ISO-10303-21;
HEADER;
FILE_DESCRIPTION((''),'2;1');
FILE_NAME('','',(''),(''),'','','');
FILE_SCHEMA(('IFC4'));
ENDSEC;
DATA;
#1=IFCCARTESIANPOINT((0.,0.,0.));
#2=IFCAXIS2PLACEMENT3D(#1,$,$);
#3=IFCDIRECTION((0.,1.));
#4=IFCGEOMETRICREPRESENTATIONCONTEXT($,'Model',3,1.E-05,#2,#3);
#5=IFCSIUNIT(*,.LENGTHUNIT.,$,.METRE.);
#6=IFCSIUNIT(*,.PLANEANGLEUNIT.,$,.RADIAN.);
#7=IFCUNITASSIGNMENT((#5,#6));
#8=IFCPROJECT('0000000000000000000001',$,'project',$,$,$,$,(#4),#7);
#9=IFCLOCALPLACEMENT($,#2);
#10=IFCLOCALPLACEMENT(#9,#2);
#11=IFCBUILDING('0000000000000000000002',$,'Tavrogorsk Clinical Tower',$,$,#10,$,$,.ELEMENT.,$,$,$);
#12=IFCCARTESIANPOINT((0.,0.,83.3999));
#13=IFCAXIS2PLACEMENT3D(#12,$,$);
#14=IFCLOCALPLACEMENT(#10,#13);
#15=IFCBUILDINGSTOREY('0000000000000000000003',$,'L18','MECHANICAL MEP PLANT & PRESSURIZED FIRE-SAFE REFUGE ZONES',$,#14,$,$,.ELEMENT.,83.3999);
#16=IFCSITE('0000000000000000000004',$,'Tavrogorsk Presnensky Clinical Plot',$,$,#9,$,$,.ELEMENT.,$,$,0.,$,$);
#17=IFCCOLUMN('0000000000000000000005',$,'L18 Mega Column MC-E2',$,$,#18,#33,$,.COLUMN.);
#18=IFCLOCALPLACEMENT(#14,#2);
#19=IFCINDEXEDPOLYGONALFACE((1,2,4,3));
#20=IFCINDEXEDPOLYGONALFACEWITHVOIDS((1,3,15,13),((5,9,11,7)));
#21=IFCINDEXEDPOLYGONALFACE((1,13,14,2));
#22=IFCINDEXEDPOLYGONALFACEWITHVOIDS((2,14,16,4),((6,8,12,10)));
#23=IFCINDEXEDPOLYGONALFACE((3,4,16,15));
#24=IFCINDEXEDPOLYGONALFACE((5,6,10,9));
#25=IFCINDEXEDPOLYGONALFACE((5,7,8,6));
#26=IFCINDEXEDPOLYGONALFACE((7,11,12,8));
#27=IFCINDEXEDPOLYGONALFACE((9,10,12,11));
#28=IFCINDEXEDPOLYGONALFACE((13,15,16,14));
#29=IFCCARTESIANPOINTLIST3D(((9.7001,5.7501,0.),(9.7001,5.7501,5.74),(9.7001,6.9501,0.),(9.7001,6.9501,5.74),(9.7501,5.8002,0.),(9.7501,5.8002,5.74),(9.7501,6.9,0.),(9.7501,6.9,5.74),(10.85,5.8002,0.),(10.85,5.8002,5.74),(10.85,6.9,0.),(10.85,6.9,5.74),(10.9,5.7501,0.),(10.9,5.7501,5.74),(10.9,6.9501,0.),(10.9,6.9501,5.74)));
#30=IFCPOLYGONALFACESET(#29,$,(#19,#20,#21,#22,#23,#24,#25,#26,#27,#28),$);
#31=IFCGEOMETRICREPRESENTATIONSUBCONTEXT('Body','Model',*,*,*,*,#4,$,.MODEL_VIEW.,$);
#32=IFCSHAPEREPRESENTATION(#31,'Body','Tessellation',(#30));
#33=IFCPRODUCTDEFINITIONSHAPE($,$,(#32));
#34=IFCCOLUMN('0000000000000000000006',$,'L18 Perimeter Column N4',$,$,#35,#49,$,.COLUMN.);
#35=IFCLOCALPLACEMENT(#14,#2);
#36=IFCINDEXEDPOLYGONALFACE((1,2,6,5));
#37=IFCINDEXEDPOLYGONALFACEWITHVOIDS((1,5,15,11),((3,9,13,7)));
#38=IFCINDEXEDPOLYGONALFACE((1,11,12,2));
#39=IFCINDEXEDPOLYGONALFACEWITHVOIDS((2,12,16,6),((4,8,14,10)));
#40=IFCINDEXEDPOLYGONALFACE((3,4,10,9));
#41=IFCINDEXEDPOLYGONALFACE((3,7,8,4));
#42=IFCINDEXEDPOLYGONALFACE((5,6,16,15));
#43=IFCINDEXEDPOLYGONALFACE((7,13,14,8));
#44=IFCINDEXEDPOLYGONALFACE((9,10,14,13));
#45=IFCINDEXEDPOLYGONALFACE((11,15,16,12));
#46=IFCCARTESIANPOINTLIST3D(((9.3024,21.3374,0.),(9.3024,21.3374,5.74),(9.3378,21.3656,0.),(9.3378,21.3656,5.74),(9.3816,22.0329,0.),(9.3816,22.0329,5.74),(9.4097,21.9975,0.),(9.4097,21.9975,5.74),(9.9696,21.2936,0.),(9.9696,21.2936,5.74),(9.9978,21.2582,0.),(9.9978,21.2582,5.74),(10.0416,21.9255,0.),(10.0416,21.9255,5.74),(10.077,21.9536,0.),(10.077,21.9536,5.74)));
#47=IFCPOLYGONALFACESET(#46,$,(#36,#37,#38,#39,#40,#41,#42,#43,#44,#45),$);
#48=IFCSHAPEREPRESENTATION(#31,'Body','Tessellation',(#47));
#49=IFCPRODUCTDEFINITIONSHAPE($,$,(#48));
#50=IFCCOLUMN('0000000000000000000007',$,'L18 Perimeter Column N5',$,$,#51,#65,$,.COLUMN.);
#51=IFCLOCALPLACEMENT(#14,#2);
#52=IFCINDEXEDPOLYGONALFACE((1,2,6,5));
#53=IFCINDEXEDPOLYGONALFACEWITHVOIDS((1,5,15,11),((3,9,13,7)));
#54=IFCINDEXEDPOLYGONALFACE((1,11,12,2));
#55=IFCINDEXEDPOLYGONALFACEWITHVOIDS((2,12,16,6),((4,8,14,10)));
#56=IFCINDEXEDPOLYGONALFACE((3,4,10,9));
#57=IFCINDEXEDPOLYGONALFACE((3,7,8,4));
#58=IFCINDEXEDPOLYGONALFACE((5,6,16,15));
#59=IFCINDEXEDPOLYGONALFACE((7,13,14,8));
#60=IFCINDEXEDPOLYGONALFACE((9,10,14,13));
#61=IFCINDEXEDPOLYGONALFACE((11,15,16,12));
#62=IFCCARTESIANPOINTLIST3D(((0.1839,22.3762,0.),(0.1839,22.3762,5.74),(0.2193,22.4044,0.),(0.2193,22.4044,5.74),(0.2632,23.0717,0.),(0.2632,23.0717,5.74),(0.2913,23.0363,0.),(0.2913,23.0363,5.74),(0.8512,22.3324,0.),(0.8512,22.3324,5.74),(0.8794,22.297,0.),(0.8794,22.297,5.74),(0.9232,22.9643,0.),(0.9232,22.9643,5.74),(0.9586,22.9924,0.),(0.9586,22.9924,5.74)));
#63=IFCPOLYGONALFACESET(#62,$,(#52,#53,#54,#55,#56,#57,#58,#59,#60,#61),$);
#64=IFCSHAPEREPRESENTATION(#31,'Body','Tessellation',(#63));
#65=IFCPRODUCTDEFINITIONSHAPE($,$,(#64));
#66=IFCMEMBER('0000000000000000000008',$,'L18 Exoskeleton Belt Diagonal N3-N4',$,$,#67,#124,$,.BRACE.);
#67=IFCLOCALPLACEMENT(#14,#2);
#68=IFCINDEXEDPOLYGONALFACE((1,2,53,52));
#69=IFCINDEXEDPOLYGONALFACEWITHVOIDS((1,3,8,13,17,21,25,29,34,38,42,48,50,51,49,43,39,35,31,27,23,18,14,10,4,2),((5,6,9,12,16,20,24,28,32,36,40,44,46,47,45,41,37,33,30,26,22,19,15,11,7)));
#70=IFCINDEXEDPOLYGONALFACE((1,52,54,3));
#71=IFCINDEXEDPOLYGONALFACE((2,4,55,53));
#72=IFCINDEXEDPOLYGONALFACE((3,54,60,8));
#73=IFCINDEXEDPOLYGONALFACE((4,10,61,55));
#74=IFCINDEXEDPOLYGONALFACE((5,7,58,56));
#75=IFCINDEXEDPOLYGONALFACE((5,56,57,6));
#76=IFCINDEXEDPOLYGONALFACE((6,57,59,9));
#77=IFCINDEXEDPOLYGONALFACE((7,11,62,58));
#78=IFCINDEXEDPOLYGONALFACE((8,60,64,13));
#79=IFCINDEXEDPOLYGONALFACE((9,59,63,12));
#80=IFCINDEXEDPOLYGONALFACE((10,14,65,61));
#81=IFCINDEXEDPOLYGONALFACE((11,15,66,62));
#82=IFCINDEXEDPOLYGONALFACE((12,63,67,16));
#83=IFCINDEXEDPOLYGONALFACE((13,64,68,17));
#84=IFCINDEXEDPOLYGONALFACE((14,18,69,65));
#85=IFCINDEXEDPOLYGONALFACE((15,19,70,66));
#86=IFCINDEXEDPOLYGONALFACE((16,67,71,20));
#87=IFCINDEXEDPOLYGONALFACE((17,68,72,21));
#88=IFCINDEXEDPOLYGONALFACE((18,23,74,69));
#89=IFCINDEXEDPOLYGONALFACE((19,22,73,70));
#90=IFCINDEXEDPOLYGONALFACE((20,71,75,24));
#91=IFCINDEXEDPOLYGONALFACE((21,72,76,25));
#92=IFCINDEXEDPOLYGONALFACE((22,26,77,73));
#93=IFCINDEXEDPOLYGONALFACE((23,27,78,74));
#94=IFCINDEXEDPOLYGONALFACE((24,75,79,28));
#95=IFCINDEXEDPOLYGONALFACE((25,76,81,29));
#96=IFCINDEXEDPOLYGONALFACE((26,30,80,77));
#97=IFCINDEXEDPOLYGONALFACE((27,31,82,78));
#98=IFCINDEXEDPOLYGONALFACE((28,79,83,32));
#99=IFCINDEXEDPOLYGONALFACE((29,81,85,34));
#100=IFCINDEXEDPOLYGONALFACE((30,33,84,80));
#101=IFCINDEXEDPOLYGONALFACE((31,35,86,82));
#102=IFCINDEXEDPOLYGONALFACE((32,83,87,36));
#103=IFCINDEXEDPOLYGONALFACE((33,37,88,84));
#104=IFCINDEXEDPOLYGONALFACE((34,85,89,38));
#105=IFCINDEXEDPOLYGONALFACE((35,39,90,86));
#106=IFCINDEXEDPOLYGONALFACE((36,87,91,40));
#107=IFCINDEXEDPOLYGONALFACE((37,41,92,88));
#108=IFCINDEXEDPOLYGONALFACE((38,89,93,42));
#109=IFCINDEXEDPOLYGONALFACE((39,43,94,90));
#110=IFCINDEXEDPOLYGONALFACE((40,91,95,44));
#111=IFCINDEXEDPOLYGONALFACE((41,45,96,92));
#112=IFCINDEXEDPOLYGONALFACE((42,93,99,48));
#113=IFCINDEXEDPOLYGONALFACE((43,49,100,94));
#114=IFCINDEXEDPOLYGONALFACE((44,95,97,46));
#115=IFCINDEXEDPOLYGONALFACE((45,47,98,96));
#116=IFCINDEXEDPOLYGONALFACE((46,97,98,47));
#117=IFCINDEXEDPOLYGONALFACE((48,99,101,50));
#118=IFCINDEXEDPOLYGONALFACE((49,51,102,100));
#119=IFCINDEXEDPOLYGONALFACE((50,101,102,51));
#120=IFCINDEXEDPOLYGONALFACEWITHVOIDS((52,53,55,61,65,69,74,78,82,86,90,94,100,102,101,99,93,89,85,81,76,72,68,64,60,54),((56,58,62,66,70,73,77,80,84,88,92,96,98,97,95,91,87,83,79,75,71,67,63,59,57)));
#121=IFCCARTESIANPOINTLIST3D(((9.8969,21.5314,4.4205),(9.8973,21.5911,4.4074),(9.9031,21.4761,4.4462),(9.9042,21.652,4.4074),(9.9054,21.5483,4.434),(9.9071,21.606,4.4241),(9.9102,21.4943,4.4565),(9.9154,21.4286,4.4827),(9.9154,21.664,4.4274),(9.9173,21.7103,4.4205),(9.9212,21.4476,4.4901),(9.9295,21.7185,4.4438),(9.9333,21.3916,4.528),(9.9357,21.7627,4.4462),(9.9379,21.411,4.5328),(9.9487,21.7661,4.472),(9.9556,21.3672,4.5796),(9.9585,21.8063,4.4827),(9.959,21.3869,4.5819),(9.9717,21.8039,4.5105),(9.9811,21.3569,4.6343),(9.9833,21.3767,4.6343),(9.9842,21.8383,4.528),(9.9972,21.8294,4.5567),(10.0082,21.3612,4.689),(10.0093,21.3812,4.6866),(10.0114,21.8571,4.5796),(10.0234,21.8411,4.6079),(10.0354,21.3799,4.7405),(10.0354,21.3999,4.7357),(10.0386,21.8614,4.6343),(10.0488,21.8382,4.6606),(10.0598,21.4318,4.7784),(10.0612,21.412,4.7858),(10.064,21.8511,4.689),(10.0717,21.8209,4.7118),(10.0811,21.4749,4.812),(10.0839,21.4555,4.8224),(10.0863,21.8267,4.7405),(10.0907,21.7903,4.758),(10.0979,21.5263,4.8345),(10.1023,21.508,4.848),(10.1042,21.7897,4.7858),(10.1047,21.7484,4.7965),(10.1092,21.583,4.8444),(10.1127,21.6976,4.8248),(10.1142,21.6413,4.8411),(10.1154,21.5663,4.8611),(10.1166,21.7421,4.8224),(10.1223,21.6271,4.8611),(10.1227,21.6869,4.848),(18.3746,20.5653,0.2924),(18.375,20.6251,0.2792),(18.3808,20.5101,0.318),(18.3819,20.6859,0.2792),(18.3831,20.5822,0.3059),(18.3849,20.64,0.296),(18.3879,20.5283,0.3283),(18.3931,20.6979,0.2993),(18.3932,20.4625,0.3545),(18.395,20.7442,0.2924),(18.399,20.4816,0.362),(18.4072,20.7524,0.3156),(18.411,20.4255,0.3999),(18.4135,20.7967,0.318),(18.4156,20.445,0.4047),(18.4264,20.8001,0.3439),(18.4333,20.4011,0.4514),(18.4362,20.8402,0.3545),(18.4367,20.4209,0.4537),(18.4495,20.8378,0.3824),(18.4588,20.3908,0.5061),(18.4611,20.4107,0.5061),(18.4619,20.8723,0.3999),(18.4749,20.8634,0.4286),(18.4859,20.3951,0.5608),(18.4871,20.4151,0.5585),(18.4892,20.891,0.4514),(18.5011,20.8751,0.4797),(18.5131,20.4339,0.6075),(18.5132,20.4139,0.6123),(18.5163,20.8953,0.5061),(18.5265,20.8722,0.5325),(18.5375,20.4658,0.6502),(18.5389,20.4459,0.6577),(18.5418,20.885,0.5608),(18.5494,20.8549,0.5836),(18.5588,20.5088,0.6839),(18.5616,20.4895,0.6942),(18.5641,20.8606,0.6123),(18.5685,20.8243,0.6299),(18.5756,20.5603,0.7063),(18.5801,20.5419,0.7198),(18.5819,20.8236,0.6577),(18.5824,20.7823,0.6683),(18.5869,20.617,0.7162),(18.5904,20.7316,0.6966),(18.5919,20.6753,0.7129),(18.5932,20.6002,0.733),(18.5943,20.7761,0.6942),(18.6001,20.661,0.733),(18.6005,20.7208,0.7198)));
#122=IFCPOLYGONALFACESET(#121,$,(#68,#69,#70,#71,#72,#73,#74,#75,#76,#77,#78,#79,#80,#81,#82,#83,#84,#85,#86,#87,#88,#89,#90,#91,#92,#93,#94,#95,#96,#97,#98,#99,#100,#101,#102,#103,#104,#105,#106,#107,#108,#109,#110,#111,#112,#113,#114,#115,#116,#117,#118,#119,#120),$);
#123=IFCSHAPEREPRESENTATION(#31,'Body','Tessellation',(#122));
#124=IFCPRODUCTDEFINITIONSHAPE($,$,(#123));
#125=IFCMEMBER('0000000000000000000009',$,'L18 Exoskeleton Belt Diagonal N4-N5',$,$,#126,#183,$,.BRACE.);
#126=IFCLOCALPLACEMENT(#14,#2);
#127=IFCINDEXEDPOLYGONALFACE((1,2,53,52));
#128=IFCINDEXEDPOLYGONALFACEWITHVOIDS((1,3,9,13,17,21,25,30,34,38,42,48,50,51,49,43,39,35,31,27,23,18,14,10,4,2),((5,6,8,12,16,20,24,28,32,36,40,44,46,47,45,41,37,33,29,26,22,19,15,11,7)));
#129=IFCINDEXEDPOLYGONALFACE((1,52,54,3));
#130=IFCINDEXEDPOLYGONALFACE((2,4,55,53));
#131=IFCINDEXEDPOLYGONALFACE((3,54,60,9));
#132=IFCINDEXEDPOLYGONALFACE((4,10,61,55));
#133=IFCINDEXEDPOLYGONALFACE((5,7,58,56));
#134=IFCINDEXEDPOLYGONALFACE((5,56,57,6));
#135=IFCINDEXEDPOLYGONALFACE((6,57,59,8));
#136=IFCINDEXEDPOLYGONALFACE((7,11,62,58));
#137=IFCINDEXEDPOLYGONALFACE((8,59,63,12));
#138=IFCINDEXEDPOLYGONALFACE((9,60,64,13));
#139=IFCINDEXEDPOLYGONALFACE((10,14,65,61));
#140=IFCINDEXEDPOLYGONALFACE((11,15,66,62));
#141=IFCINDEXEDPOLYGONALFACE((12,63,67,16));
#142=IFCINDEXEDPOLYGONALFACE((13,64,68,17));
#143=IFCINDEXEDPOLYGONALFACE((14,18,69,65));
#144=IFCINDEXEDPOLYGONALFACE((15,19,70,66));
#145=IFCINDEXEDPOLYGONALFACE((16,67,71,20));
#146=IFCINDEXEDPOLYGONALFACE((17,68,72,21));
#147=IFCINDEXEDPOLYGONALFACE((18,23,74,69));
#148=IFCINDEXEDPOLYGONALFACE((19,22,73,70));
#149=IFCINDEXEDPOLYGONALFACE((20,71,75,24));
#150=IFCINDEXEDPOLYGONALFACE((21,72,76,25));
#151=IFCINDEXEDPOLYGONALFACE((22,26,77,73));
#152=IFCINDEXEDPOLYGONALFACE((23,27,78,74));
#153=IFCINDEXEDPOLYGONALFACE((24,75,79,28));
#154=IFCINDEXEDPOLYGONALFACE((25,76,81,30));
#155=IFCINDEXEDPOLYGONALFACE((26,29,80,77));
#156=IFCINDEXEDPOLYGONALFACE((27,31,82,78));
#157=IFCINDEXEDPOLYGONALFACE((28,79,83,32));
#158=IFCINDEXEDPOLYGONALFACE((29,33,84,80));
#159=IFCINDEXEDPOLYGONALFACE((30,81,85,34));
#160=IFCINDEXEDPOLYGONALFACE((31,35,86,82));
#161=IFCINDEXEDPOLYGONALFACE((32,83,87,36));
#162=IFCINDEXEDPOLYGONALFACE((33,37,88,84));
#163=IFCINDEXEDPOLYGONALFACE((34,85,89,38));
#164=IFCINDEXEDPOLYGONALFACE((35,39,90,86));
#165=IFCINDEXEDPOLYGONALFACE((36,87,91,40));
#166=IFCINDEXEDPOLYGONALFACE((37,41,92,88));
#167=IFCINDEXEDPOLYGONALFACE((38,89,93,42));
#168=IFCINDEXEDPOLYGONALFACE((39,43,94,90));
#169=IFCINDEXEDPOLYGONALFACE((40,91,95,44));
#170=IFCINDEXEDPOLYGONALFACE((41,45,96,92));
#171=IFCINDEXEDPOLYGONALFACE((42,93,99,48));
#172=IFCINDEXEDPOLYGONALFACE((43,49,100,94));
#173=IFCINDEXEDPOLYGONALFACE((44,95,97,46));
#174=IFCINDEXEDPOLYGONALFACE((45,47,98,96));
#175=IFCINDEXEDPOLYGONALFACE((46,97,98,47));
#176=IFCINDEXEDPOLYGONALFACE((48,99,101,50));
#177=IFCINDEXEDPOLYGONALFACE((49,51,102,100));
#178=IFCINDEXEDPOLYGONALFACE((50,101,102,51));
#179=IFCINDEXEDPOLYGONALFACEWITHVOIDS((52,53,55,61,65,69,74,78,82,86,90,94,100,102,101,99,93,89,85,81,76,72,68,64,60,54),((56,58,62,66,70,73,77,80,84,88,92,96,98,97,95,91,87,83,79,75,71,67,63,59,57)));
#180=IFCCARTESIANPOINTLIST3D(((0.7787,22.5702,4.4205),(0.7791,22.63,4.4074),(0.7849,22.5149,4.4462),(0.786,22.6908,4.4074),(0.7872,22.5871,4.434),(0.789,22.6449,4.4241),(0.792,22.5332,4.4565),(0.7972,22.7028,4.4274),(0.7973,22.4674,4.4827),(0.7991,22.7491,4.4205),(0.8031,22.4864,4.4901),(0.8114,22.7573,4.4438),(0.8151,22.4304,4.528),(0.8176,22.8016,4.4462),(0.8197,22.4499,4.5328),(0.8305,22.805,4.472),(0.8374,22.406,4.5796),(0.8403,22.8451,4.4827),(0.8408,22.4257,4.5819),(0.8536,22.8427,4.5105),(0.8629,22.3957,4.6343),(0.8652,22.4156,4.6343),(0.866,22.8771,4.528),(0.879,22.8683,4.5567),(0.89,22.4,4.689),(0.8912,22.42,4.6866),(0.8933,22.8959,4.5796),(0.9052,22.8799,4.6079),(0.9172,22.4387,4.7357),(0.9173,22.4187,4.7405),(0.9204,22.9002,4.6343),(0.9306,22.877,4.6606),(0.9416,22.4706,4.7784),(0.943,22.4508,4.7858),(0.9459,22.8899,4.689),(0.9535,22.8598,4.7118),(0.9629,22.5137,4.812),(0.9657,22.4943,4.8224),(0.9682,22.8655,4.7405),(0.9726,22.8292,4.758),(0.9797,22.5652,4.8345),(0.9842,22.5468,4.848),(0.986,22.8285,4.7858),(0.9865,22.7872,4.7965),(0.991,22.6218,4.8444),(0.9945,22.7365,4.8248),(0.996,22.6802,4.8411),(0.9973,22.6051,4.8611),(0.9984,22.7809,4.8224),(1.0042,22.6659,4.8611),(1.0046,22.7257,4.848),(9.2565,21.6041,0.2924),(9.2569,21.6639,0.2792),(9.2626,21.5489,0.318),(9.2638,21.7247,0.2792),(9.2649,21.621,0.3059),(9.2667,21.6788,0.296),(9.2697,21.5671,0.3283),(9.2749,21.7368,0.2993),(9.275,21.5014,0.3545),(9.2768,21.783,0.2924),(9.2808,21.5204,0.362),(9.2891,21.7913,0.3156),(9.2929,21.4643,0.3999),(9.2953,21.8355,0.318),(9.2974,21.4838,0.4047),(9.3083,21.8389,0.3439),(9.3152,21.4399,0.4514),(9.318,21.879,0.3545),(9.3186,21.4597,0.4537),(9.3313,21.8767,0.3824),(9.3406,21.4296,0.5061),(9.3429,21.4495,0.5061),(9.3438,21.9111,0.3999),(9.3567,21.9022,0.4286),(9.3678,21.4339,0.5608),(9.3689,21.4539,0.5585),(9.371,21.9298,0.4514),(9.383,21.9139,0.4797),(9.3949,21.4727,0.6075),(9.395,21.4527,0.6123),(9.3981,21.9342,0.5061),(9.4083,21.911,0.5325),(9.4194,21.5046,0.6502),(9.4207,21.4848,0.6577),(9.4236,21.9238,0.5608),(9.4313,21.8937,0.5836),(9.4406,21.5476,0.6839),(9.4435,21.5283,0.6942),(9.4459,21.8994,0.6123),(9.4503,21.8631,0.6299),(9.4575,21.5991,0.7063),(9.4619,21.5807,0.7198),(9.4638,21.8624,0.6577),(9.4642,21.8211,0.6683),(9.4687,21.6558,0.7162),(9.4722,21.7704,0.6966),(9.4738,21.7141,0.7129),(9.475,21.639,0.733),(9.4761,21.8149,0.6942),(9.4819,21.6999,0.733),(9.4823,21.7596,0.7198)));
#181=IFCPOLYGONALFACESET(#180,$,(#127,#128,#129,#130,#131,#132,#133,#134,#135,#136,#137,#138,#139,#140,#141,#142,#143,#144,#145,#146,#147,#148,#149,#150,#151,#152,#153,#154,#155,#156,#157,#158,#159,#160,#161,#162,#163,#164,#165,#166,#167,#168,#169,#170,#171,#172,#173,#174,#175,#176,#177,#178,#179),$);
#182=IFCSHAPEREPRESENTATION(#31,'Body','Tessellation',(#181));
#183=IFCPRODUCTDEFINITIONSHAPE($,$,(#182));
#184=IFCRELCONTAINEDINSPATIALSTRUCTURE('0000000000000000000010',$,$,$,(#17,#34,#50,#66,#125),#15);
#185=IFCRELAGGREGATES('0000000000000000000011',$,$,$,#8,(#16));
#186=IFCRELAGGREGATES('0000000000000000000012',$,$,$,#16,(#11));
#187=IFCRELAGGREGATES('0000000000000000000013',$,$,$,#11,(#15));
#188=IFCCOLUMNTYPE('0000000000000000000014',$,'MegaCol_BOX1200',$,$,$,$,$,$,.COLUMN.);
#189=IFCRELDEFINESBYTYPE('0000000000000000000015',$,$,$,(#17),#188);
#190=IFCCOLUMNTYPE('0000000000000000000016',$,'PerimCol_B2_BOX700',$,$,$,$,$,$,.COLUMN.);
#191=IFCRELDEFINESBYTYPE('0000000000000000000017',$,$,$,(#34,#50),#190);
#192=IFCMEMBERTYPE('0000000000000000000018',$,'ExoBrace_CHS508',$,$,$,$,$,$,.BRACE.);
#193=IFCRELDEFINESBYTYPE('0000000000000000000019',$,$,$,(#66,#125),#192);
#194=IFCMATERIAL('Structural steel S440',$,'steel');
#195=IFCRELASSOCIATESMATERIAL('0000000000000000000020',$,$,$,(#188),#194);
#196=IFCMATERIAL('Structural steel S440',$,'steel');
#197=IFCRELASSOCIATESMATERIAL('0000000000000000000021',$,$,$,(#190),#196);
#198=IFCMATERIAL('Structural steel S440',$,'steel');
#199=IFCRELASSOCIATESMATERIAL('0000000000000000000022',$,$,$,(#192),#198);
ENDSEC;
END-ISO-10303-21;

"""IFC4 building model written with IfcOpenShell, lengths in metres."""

from ifc_helpers import new_model, si_unit, direction, frame, origin, origin_2d, place, context, subcontext, project, spatial, hollow_rectangle, hollow_circle, extrude, material, material_profile, profile_set, type_object, element, save


model = new_model("IFC4")

# Units and contexts
model_context = context("Model", 3, precision=1e-05, world=origin(), true_north=direction((0.0, 1.0)))
body_context = subcontext(model_context, "Body", "Model", "MODEL_VIEW")
ifc_project = project(units=[si_unit("LENGTHUNIT", "METRE"), si_unit("PLANEANGLEUNIT", "RADIAN")], contexts=[model_context])

# Site, building, storey
site_placement = place(None, origin())
site = spatial("IfcSite", under=ifc_project, at=site_placement, Name="Tavrogorsk Presnensky Clinical Plot", CompositionType="ELEMENT", RefElevation=0.0)
building_placement = place(site_placement, origin())
building = spatial("IfcBuilding", under=site, at=building_placement, Name="Tavrogorsk Clinical Tower", CompositionType="ELEMENT")
storey_placement = place(building_placement, frame((0.0, 0.0, 83.3999)))
storey = spatial("IfcBuildingStorey", under=building, at=storey_placement, Name="L18", Description="MECHANICAL MEP PLANT & PRESSURIZED FIRE-SAFE REFUGE ZONES", CompositionType="ELEMENT", Elevation=83.3999)

# Columns
ifc_material_1 = material(Name="Structural steel S440", Category="steel")
ifc_material_profile_1 = material_profile(ifc_material_1, hollow_rectangle(XDim=1.2, YDim=1.2, WallThickness=0.05, at=origin_2d()), Name="BOX-1200x1200x50")
ifc_profile_set_1 = profile_set([ifc_material_profile_1], Name="Structural steel S440")
column_type_1 = type_object("IfcColumnType", Name="MegaCol_BOX1200", PredefinedType="COLUMN", material=ifc_profile_set_1)
column_placement = place(storey_placement, frame((10.3, 6.3501, 0.0), z_axis=(0.0, 0.0, 1.0), x_axis=(1.0, 0.0, 0.0)))
element("IfcColumn", 1, at=column_placement, inside=storey, type_object=column_type_1, Name="L18 Mega Column MC-E2", PredefinedType="COLUMN", context=body_context, shape_type="SweptSolid", body=[
    extrude(hollow_rectangle(XDim=1.2, YDim=1.2, WallThickness=0.05, at=origin_2d()), origin(), (0.0, 0.0, 1.0), 5.74),
])
ifc_material_2 = material(Name="Structural steel S440", Category="steel")
ifc_material_profile_2 = material_profile(ifc_material_2, hollow_rectangle(XDim=0.7, YDim=0.7, WallThickness=0.032, at=origin_2d()), Name="BOX-700x700x32")
ifc_profile_set_2 = profile_set([ifc_material_profile_2], Name="Structural steel S440")
column_type_2 = type_object("IfcColumnType", Name="PerimCol_B2_BOX700", PredefinedType="COLUMN", material=ifc_profile_set_2)
for number, where, z_axis, x_axis, name in (
    (2, (9.6897, 21.6455, 0.0), (0.0, 0.0, 1.0), (0.993572, -0.113203, 0.0), "L18 Perimeter Column N4"),
    (3, (0.5713, 22.6843, 0.0), (0.0, 0.0, 1.0), (0.993572, -0.113203, 0.0), "L18 Perimeter Column N5"),
):
    element("IfcColumn", number, at=place(storey_placement, frame(where, z_axis=z_axis, x_axis=x_axis)), inside=storey, type_object=column_type_2, Name=name, PredefinedType="COLUMN", context=body_context, shape_type="SweptSolid", body=[
        extrude(hollow_rectangle(XDim=0.7, YDim=0.7, WallThickness=0.032, at=origin_2d()), origin(), (0.0, 0.0, 1.0), 5.74),
    ])

# Members
ifc_material_3 = material(Name="Structural steel S440", Category="steel")
ifc_material_profile_3 = material_profile(ifc_material_3, hollow_circle(Radius=0.2539, WallThickness=0.02, at=origin_2d()), Name="CHS-508x20")
ifc_profile_set_3 = profile_set([ifc_material_profile_3], Name="Structural steel S440")
member_type_1 = type_object("IfcMemberType", Name="ExoBrace_CHS508", PredefinedType="BRACE", material=ifc_profile_set_3)
for number, where, z_axis, x_axis, name in (
    (4, (18.4875, 20.6431, 0.5061), (-0.894393, 0.101918, 0.435516), (-0.11322, -0.99357, 0.0), "L18 Exoskeleton Belt Diagonal N3-N4"),
    (5, (9.3694, 21.6819, 0.5061), (-0.894393, 0.101918, 0.435516), (-0.11322, -0.99357, 0.0), "L18 Exoskeleton Belt Diagonal N4-N5"),
):
    element("IfcMember", number, at=place(storey_placement, frame(where, z_axis=z_axis, x_axis=x_axis)), inside=storey, type_object=member_type_1, Name=name, PredefinedType="BRACE", context=body_context, shape_type="SweptSolid", body=[
        extrude(hollow_circle(Radius=0.2539, WallThickness=0.02, at=origin_2d()), origin(), (0.0, 0.0, 1.0), 9.4788),
    ])

save(model, "model.ifc")
